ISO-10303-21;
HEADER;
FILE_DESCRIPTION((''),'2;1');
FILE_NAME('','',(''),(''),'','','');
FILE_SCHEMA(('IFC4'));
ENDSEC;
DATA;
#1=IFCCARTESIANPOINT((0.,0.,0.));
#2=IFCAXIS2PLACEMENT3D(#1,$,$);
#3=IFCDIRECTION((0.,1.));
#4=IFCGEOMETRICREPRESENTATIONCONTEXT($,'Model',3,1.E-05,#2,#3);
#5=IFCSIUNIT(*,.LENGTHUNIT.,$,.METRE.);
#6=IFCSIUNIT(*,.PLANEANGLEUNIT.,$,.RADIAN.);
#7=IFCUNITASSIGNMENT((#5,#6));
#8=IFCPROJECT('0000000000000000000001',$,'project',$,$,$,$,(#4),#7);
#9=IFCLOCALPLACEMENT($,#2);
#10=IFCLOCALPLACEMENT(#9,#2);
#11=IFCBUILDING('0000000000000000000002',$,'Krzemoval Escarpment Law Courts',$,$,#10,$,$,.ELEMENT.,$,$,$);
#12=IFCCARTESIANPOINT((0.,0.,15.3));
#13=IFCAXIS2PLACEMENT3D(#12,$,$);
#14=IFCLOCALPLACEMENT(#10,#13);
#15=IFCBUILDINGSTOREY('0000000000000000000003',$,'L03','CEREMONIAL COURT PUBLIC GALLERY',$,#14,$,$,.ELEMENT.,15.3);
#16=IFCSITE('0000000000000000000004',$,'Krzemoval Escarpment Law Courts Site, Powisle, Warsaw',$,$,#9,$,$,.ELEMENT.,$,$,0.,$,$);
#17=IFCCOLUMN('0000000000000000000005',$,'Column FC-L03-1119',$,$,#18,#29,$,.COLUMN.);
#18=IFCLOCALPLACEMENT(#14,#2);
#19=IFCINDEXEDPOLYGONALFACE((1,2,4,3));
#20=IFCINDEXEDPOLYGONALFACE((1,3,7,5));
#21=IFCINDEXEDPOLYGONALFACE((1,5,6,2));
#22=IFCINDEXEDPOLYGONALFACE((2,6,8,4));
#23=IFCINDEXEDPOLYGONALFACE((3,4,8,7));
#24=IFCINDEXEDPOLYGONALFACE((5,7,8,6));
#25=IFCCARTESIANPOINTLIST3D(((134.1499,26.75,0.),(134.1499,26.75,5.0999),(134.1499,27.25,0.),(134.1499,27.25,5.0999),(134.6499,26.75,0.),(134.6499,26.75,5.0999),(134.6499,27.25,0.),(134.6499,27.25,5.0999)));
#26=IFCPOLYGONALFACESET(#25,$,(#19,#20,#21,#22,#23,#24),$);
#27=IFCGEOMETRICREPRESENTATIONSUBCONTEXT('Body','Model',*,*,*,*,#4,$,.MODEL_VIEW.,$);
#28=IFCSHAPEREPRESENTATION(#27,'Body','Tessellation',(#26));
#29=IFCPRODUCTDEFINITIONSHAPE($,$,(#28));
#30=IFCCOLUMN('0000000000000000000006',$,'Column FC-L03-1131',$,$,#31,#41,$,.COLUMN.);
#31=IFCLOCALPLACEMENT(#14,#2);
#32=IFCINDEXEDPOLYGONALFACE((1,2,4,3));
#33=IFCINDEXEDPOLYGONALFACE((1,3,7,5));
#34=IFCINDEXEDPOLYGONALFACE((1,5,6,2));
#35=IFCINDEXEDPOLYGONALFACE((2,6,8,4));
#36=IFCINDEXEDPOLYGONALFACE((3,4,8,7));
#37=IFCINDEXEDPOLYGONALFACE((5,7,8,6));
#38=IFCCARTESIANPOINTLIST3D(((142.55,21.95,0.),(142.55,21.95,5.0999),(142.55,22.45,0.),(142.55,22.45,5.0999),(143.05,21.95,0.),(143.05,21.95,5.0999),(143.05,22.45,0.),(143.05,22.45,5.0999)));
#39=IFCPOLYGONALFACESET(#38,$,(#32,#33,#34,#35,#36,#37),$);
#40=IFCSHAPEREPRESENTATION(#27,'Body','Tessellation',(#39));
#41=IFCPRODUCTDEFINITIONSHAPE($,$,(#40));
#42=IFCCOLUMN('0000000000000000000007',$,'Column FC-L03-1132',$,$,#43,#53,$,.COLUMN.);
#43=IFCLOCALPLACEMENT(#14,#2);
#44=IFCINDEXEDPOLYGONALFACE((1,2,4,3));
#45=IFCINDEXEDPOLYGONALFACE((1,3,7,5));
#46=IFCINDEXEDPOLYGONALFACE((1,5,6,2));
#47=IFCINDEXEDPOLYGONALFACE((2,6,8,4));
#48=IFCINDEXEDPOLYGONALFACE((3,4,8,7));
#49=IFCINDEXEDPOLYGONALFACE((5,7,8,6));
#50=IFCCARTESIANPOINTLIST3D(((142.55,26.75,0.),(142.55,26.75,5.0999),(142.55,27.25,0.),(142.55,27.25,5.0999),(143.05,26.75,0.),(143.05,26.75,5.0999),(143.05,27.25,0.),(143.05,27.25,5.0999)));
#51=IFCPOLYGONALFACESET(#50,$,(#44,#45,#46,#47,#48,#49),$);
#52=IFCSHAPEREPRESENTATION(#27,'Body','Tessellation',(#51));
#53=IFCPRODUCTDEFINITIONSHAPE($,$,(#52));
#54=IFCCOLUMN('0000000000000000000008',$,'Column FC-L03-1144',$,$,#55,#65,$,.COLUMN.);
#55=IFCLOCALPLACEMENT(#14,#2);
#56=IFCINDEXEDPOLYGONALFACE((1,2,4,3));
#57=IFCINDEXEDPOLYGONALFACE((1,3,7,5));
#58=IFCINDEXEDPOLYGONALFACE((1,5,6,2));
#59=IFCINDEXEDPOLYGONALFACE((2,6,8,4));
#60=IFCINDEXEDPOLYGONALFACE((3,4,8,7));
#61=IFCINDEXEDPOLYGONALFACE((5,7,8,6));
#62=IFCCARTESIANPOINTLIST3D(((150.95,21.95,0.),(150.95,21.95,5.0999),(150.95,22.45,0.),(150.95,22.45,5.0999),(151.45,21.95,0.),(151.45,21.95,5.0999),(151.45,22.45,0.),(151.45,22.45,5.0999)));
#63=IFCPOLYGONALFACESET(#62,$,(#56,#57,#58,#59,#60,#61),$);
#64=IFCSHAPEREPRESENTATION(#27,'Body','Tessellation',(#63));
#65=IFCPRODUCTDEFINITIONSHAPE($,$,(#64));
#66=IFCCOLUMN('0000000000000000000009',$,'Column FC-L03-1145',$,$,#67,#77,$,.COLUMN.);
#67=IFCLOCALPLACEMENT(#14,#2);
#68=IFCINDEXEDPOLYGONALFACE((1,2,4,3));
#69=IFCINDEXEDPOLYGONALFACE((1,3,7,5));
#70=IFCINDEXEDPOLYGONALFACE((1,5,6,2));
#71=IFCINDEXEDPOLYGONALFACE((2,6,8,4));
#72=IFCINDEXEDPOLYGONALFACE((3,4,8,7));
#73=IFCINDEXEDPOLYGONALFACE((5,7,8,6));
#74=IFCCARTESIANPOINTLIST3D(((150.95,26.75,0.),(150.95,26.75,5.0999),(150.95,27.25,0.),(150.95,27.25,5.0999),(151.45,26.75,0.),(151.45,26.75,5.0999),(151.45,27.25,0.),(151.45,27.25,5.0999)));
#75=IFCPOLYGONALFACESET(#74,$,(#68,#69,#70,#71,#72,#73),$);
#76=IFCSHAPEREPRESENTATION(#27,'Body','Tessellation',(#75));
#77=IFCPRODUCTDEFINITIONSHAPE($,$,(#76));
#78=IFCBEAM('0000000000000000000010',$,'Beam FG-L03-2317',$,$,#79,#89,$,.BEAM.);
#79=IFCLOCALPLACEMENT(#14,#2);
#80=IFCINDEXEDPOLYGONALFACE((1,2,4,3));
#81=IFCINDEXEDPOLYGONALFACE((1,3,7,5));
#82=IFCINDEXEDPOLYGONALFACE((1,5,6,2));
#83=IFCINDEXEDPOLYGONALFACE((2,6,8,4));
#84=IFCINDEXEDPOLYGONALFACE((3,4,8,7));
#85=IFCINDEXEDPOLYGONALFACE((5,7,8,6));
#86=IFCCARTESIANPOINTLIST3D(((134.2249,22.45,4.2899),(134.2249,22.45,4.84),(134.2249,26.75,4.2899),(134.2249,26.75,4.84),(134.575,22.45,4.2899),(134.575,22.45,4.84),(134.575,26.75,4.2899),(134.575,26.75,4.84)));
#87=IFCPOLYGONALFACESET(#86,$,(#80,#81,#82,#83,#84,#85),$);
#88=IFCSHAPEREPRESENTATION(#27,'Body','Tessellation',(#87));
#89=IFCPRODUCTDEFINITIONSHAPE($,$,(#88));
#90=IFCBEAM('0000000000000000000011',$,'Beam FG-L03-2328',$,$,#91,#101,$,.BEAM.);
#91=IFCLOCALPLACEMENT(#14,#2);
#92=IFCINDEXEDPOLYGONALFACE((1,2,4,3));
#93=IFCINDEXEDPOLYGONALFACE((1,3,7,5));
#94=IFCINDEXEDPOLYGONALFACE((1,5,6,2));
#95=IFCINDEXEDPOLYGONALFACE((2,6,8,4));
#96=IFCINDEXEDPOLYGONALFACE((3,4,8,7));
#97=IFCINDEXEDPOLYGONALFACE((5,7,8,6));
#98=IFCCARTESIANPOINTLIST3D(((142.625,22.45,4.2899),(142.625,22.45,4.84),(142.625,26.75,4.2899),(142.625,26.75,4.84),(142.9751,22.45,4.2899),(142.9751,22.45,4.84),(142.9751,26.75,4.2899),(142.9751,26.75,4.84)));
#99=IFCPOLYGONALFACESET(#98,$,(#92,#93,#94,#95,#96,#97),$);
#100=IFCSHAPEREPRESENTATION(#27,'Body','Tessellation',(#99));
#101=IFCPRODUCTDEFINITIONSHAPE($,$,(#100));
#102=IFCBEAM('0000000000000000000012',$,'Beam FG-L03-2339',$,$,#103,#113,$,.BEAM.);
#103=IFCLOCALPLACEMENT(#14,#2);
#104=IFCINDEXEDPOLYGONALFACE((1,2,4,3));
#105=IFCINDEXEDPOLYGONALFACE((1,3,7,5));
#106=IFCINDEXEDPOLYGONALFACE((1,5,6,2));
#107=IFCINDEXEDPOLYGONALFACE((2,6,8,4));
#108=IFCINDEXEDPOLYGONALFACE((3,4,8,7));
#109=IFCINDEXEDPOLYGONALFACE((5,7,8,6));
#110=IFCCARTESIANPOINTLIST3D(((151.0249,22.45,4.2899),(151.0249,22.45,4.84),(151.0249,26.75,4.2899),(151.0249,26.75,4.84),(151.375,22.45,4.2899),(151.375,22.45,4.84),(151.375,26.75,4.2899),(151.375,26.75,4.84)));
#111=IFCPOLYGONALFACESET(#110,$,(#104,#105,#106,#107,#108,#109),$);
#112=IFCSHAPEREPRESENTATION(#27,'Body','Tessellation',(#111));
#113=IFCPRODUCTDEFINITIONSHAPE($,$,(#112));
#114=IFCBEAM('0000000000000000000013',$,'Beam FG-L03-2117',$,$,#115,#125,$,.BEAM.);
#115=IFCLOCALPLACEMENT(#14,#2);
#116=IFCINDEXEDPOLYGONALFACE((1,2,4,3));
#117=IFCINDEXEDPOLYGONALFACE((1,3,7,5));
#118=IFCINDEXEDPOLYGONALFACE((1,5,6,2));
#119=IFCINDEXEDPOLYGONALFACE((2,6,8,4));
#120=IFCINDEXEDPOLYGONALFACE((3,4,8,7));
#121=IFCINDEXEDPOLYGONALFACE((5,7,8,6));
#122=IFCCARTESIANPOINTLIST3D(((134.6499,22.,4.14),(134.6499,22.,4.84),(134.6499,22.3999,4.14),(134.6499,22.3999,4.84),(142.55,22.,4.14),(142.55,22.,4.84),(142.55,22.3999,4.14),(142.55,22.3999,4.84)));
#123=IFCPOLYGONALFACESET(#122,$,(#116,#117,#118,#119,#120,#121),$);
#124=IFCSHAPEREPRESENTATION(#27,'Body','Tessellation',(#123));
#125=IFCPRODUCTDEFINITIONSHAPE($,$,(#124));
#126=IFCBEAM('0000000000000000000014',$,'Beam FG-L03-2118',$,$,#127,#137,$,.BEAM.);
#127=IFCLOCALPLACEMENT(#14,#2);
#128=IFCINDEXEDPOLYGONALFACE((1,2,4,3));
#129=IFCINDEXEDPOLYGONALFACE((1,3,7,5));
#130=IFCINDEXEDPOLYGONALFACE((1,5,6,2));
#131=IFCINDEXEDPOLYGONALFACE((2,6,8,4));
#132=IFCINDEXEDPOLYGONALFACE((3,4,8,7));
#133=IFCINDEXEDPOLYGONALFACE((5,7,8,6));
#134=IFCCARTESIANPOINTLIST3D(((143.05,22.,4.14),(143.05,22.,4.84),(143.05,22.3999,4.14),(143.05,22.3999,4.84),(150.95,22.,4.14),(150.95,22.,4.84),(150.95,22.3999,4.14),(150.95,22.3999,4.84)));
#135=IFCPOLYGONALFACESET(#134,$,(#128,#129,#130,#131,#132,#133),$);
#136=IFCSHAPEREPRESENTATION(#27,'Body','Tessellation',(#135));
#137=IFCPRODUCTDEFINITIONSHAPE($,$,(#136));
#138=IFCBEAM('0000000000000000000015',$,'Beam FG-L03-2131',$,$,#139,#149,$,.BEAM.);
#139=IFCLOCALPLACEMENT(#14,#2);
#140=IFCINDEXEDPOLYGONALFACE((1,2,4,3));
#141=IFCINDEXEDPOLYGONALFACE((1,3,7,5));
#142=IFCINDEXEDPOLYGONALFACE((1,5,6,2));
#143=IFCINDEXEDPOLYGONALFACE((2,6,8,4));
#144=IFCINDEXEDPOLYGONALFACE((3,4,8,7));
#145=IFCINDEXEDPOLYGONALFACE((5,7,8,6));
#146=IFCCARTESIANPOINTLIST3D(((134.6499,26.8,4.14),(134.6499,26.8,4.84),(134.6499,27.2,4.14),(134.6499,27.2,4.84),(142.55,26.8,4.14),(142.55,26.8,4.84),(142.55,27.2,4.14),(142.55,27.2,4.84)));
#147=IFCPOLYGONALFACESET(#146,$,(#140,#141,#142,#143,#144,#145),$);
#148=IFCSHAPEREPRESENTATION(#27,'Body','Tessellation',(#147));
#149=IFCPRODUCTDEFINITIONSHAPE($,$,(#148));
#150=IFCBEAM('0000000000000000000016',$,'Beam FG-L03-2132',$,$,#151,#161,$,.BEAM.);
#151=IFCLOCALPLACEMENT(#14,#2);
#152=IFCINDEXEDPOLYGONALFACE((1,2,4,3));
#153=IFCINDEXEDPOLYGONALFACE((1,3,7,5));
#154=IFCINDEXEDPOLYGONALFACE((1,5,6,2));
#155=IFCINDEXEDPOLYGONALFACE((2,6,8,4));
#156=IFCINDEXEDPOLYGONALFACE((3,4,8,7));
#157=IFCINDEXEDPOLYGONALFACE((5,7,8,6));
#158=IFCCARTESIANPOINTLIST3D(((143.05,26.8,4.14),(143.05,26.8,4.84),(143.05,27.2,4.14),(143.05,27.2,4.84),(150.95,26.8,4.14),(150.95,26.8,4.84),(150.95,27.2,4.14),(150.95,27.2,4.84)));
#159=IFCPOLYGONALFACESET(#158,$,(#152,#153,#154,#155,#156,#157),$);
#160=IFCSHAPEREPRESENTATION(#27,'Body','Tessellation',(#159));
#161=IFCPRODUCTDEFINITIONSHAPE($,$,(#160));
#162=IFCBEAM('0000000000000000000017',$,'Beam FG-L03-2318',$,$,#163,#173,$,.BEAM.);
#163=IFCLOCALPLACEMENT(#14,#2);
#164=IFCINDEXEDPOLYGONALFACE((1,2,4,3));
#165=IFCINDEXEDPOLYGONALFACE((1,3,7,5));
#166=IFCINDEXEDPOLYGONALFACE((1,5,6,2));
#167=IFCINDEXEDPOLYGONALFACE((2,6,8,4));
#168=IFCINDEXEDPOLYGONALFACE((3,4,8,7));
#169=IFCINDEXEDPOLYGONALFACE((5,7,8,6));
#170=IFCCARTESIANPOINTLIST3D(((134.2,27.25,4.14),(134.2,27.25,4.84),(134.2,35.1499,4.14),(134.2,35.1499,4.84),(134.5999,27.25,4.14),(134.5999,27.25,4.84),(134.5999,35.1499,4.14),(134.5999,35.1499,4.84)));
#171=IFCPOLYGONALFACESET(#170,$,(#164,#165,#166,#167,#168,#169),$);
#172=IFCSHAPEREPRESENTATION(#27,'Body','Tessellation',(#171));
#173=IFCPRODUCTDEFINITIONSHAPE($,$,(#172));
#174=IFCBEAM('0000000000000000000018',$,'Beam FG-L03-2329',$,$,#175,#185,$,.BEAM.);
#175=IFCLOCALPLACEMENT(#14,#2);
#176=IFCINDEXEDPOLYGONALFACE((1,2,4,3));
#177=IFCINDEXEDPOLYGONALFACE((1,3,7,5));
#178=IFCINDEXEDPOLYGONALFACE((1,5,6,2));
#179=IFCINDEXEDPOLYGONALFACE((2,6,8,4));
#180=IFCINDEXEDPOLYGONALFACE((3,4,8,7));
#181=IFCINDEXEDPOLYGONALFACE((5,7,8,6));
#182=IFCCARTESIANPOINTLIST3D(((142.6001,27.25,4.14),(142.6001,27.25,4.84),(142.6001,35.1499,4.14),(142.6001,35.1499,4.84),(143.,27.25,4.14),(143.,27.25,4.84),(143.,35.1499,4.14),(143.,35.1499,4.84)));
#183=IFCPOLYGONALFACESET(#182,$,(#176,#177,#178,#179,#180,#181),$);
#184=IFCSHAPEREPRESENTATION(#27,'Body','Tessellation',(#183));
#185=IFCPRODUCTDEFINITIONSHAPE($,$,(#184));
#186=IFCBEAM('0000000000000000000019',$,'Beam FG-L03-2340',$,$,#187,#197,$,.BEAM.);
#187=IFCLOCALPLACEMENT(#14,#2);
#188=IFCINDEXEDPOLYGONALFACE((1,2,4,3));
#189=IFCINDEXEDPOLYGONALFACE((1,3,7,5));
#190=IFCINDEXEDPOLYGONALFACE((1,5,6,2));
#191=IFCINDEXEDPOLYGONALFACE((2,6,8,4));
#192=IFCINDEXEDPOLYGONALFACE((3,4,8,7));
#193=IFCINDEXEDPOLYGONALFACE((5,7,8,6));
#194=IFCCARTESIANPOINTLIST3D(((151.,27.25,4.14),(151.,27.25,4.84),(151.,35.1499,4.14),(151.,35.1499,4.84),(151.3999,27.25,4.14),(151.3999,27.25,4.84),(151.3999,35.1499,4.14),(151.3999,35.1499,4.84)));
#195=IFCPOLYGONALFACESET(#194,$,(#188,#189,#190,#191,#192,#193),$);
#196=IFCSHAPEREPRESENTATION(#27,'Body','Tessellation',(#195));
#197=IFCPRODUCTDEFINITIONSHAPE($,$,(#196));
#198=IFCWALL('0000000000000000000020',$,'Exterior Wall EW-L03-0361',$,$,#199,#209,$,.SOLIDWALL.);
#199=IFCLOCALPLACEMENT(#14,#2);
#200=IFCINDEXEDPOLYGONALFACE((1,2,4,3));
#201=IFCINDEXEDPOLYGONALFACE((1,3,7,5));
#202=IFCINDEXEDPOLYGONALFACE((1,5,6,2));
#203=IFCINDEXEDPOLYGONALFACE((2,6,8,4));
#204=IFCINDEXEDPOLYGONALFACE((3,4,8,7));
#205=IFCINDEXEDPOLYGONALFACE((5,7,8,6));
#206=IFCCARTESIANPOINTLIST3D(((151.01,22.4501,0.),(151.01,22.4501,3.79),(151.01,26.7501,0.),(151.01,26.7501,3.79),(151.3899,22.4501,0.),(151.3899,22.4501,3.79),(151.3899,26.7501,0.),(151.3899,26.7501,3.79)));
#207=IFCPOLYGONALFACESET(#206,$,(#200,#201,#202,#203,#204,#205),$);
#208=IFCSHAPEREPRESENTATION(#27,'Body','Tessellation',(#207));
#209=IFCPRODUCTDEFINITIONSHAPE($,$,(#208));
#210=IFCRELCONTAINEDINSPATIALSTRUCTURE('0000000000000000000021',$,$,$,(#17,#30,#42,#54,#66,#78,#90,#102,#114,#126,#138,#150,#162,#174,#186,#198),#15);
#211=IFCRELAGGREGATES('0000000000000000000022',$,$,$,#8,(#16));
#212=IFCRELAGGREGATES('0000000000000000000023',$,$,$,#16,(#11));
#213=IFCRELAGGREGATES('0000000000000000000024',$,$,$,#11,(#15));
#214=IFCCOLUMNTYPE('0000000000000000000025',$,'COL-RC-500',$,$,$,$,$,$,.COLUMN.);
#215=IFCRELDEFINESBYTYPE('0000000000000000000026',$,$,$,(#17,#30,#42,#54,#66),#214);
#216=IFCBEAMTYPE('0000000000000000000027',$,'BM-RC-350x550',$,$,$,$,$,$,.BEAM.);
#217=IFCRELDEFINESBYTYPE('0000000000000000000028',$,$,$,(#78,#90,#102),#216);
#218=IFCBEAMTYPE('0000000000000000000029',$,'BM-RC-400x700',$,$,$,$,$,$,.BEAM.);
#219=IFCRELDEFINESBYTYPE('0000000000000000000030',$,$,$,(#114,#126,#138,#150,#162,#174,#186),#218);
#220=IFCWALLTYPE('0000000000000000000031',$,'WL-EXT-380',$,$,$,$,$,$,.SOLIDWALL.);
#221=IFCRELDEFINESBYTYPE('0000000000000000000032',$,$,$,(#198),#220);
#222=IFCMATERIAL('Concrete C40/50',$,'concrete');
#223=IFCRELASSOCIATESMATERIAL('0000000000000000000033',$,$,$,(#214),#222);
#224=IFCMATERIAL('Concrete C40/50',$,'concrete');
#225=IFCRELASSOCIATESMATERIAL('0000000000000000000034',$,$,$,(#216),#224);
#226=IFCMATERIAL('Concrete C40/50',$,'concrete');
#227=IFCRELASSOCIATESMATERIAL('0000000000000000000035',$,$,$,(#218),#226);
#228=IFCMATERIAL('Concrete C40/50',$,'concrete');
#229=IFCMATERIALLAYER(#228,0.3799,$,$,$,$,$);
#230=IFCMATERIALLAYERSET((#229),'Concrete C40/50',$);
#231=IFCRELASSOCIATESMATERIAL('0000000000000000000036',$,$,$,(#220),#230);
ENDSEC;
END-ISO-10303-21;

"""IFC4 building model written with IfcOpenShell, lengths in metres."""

from ifc_helpers import new_model, si_unit, direction, frame, frame_2d, origin, origin_2d, place, context, subcontext, project, spatial, rectangle, extrude, material, layer, layer_set, material_profile, profile_set, type_object, element, save


model = new_model("IFC4")

# Units and contexts
model_context = context("Model", 3, precision=1e-05, world=origin(), true_north=direction((0.0, 1.0)))
body_context = subcontext(model_context, "Body", "Model", "MODEL_VIEW")
ifc_project = project(units=[si_unit("LENGTHUNIT", "METRE"), si_unit("PLANEANGLEUNIT", "RADIAN")], contexts=[model_context])

# Site, building, storey
site_placement = place(None, origin())
site = spatial("IfcSite", under=ifc_project, at=site_placement, Name="Krzemoval Escarpment Law Courts Site, Powisle, Warsaw", CompositionType="ELEMENT", RefElevation=0.0)
building_placement = place(site_placement, origin())
building = spatial("IfcBuilding", under=site, at=building_placement, Name="Krzemoval Escarpment Law Courts", CompositionType="ELEMENT")
storey_placement = place(building_placement, frame((0.0, 0.0, 15.3)))
storey = spatial("IfcBuildingStorey", under=building, at=storey_placement, Name="L03", Description="CEREMONIAL COURT PUBLIC GALLERY", CompositionType="ELEMENT", Elevation=15.3)

# Columns
ifc_material_1 = material(Name="Concrete C40/50", Category="concrete")
ifc_material_profile_1 = material_profile(ifc_material_1, rectangle(XDim=0.5, YDim=0.5, at=origin_2d()), Name="RC 500x500")
ifc_profile_set_1 = profile_set([ifc_material_profile_1], Name="Concrete C40/50")
column_type = type_object("IfcColumnType", Name="COL-RC-500", PredefinedType="COLUMN", material=ifc_profile_set_1)
for number, where, z_axis, x_axis, name in (
    (1, (134.3999, 27.0, 0.0), (0.0, 0.0, 1.0), (1.0, 0.0, 0.0), "Column FC-L03-1119"),
    (2, (142.8, 22.2, 0.0), (0.0, 0.0, 1.0), (1.0, 0.0, 0.0), "Column FC-L03-1131"),
    (3, (142.8, 27.0, 0.0), (0.0, 0.0, 1.0), (1.0, 0.0, 0.0), "Column FC-L03-1132"),
    (4, (151.2, 22.2, 0.0), (0.0, 0.0, 1.0), (1.0, 0.0, 0.0), "Column FC-L03-1144"),
    (5, (151.2, 27.0, 0.0), (0.0, 0.0, 1.0), (1.0, 0.0, 0.0), "Column FC-L03-1145"),
):
    element("IfcColumn", number, at=place(storey_placement, frame(where, z_axis=z_axis, x_axis=x_axis)), inside=storey, type_object=column_type, Name=name, PredefinedType="COLUMN", context=body_context, shape_type="SweptSolid", body=[
        extrude(rectangle(XDim=0.5, YDim=0.5, at=origin_2d()), origin(), (0.0, 0.0, 1.0), 5.0999),
    ])

# Beams
ifc_material_2 = material(Name="Concrete C40/50", Category="concrete")
ifc_material_profile_2 = material_profile(ifc_material_2, rectangle(XDim=0.3501, YDim=0.55, at=origin_2d()), Name="RCB 350x550")
ifc_profile_set_2 = profile_set([ifc_material_profile_2], Name="Concrete C40/50")
beam_type_1 = type_object("IfcBeamType", Name="BM-RC-350x550", PredefinedType="BEAM", material=ifc_profile_set_2)
for number, where, z_axis, x_axis, name in (
    (6, (134.3999, 22.45, 4.5649), (0.0, 1.0, 0.0), (-1.0, 0.0, 0.0), "Beam FG-L03-2317"),
    (7, (142.8, 22.45, 4.5649), (0.0, 1.0, 0.0), (-1.0, 0.0, 0.0), "Beam FG-L03-2328"),
    (8, (151.2, 22.45, 4.5649), (0.0, 1.0, 0.0), (-1.0, 0.0, 0.0), "Beam FG-L03-2339"),
):
    element("IfcBeam", number, at=place(storey_placement, frame(where, z_axis=z_axis, x_axis=x_axis)), inside=storey, type_object=beam_type_1, Name=name, PredefinedType="BEAM", context=body_context, shape_type="SweptSolid", body=[
        extrude(rectangle(XDim=0.3501, YDim=0.55, at=origin_2d()), origin(), (0.0, 0.0, 1.0), 4.3),
    ])
ifc_material_3 = material(Name="Concrete C40/50", Category="concrete")
ifc_material_profile_3 = material_profile(ifc_material_3, rectangle(XDim=0.3999, YDim=0.7, at=origin_2d()), Name="RCB 400x700")
ifc_profile_set_3 = profile_set([ifc_material_profile_3], Name="Concrete C40/50")
beam_type_2 = type_object("IfcBeamType", Name="BM-RC-400x700", PredefinedType="BEAM", material=ifc_profile_set_3)
beam_1_placement = place(storey_placement, frame((134.6499, 22.2, 4.49), z_axis=(1.0, 0.0, 0.0), x_axis=(0.0, 1.0, 0.0)))
element("IfcBeam", 9, at=beam_1_placement, inside=storey, type_object=beam_type_2, Name="Beam FG-L03-2117", PredefinedType="BEAM", context=body_context, shape_type="SweptSolid", body=[
    extrude(rectangle(XDim=0.3999, YDim=0.7, at=origin_2d()), origin(), (0.0, 0.0, 1.0), 7.9001),
])
beam_2_placement = place(storey_placement, frame((143.05, 22.2, 4.49), z_axis=(1.0, 0.0, 0.0), x_axis=(0.0, 1.0, 0.0)))
element("IfcBeam", 10, at=beam_2_placement, inside=storey, type_object=beam_type_2, Name="Beam FG-L03-2118", PredefinedType="BEAM", context=body_context, shape_type="SweptSolid", body=[
    extrude(rectangle(XDim=0.3999, YDim=0.7, at=origin_2d()), origin(), (0.0, 0.0, 1.0), 7.8999),
])
beam_3_placement = place(storey_placement, frame((134.6499, 27.0, 4.49), z_axis=(1.0, 0.0, 0.0), x_axis=(0.0, 1.0, 0.0)))
element("IfcBeam", 11, at=beam_3_placement, inside=storey, type_object=beam_type_2, Name="Beam FG-L03-2131", PredefinedType="BEAM", context=body_context, shape_type="SweptSolid", body=[
    extrude(rectangle(XDim=0.3999, YDim=0.7, at=origin_2d()), origin(), (0.0, 0.0, 1.0), 7.9001),
])
for number, where, z_axis, x_axis, name in (
    (12, (143.05, 27.0, 4.49), (1.0, 0.0, 0.0), (0.0, 1.0, 0.0), "Beam FG-L03-2132"),
    (13, (134.3999, 27.25, 4.49), (0.0, 1.0, 0.0), (-1.0, 0.0, 0.0), "Beam FG-L03-2318"),
    (14, (142.8, 27.25, 4.49), (0.0, 1.0, 0.0), (-1.0, 0.0, 0.0), "Beam FG-L03-2329"),
    (15, (151.2, 27.25, 4.49), (0.0, 1.0, 0.0), (-1.0, 0.0, 0.0), "Beam FG-L03-2340"),
):
    element("IfcBeam", number, at=place(storey_placement, frame(where, z_axis=z_axis, x_axis=x_axis)), inside=storey, type_object=beam_type_2, Name=name, PredefinedType="BEAM", context=body_context, shape_type="SweptSolid", body=[
        extrude(rectangle(XDim=0.3999, YDim=0.7, at=origin_2d()), origin(), (0.0, 0.0, 1.0), 7.8999),
    ])

# Wall
ifc_material_4 = material(Name="Concrete C40/50", Category="concrete")
ifc_layer_1 = layer(ifc_material_4, 0.3799)
ifc_layer_set_1 = layer_set([ifc_layer_1], Name="Concrete C40/50")
wall_type_1 = type_object("IfcWallType", Name="WL-EXT-380", PredefinedType="SOLIDWALL", material=ifc_layer_set_1)
wall_1_placement = place(storey_placement, frame((151.2, 26.75, 0.0), z_axis=(0.0, 0.0, 1.0), x_axis=(0.0, -1.0, 0.0)))
element("IfcWall", 16, at=wall_1_placement, inside=storey, type_object=wall_type_1, Name="Exterior Wall EW-L03-0361", PredefinedType="SOLIDWALL", context=body_context, shape_type="SweptSolid", body=[
    extrude(rectangle(XDim=4.3, YDim=0.3799, at=frame_2d((2.1499, 0.0))), origin(), (0.0, 0.0, 1.0), 3.79),
])

save(model, "model.ifc")
